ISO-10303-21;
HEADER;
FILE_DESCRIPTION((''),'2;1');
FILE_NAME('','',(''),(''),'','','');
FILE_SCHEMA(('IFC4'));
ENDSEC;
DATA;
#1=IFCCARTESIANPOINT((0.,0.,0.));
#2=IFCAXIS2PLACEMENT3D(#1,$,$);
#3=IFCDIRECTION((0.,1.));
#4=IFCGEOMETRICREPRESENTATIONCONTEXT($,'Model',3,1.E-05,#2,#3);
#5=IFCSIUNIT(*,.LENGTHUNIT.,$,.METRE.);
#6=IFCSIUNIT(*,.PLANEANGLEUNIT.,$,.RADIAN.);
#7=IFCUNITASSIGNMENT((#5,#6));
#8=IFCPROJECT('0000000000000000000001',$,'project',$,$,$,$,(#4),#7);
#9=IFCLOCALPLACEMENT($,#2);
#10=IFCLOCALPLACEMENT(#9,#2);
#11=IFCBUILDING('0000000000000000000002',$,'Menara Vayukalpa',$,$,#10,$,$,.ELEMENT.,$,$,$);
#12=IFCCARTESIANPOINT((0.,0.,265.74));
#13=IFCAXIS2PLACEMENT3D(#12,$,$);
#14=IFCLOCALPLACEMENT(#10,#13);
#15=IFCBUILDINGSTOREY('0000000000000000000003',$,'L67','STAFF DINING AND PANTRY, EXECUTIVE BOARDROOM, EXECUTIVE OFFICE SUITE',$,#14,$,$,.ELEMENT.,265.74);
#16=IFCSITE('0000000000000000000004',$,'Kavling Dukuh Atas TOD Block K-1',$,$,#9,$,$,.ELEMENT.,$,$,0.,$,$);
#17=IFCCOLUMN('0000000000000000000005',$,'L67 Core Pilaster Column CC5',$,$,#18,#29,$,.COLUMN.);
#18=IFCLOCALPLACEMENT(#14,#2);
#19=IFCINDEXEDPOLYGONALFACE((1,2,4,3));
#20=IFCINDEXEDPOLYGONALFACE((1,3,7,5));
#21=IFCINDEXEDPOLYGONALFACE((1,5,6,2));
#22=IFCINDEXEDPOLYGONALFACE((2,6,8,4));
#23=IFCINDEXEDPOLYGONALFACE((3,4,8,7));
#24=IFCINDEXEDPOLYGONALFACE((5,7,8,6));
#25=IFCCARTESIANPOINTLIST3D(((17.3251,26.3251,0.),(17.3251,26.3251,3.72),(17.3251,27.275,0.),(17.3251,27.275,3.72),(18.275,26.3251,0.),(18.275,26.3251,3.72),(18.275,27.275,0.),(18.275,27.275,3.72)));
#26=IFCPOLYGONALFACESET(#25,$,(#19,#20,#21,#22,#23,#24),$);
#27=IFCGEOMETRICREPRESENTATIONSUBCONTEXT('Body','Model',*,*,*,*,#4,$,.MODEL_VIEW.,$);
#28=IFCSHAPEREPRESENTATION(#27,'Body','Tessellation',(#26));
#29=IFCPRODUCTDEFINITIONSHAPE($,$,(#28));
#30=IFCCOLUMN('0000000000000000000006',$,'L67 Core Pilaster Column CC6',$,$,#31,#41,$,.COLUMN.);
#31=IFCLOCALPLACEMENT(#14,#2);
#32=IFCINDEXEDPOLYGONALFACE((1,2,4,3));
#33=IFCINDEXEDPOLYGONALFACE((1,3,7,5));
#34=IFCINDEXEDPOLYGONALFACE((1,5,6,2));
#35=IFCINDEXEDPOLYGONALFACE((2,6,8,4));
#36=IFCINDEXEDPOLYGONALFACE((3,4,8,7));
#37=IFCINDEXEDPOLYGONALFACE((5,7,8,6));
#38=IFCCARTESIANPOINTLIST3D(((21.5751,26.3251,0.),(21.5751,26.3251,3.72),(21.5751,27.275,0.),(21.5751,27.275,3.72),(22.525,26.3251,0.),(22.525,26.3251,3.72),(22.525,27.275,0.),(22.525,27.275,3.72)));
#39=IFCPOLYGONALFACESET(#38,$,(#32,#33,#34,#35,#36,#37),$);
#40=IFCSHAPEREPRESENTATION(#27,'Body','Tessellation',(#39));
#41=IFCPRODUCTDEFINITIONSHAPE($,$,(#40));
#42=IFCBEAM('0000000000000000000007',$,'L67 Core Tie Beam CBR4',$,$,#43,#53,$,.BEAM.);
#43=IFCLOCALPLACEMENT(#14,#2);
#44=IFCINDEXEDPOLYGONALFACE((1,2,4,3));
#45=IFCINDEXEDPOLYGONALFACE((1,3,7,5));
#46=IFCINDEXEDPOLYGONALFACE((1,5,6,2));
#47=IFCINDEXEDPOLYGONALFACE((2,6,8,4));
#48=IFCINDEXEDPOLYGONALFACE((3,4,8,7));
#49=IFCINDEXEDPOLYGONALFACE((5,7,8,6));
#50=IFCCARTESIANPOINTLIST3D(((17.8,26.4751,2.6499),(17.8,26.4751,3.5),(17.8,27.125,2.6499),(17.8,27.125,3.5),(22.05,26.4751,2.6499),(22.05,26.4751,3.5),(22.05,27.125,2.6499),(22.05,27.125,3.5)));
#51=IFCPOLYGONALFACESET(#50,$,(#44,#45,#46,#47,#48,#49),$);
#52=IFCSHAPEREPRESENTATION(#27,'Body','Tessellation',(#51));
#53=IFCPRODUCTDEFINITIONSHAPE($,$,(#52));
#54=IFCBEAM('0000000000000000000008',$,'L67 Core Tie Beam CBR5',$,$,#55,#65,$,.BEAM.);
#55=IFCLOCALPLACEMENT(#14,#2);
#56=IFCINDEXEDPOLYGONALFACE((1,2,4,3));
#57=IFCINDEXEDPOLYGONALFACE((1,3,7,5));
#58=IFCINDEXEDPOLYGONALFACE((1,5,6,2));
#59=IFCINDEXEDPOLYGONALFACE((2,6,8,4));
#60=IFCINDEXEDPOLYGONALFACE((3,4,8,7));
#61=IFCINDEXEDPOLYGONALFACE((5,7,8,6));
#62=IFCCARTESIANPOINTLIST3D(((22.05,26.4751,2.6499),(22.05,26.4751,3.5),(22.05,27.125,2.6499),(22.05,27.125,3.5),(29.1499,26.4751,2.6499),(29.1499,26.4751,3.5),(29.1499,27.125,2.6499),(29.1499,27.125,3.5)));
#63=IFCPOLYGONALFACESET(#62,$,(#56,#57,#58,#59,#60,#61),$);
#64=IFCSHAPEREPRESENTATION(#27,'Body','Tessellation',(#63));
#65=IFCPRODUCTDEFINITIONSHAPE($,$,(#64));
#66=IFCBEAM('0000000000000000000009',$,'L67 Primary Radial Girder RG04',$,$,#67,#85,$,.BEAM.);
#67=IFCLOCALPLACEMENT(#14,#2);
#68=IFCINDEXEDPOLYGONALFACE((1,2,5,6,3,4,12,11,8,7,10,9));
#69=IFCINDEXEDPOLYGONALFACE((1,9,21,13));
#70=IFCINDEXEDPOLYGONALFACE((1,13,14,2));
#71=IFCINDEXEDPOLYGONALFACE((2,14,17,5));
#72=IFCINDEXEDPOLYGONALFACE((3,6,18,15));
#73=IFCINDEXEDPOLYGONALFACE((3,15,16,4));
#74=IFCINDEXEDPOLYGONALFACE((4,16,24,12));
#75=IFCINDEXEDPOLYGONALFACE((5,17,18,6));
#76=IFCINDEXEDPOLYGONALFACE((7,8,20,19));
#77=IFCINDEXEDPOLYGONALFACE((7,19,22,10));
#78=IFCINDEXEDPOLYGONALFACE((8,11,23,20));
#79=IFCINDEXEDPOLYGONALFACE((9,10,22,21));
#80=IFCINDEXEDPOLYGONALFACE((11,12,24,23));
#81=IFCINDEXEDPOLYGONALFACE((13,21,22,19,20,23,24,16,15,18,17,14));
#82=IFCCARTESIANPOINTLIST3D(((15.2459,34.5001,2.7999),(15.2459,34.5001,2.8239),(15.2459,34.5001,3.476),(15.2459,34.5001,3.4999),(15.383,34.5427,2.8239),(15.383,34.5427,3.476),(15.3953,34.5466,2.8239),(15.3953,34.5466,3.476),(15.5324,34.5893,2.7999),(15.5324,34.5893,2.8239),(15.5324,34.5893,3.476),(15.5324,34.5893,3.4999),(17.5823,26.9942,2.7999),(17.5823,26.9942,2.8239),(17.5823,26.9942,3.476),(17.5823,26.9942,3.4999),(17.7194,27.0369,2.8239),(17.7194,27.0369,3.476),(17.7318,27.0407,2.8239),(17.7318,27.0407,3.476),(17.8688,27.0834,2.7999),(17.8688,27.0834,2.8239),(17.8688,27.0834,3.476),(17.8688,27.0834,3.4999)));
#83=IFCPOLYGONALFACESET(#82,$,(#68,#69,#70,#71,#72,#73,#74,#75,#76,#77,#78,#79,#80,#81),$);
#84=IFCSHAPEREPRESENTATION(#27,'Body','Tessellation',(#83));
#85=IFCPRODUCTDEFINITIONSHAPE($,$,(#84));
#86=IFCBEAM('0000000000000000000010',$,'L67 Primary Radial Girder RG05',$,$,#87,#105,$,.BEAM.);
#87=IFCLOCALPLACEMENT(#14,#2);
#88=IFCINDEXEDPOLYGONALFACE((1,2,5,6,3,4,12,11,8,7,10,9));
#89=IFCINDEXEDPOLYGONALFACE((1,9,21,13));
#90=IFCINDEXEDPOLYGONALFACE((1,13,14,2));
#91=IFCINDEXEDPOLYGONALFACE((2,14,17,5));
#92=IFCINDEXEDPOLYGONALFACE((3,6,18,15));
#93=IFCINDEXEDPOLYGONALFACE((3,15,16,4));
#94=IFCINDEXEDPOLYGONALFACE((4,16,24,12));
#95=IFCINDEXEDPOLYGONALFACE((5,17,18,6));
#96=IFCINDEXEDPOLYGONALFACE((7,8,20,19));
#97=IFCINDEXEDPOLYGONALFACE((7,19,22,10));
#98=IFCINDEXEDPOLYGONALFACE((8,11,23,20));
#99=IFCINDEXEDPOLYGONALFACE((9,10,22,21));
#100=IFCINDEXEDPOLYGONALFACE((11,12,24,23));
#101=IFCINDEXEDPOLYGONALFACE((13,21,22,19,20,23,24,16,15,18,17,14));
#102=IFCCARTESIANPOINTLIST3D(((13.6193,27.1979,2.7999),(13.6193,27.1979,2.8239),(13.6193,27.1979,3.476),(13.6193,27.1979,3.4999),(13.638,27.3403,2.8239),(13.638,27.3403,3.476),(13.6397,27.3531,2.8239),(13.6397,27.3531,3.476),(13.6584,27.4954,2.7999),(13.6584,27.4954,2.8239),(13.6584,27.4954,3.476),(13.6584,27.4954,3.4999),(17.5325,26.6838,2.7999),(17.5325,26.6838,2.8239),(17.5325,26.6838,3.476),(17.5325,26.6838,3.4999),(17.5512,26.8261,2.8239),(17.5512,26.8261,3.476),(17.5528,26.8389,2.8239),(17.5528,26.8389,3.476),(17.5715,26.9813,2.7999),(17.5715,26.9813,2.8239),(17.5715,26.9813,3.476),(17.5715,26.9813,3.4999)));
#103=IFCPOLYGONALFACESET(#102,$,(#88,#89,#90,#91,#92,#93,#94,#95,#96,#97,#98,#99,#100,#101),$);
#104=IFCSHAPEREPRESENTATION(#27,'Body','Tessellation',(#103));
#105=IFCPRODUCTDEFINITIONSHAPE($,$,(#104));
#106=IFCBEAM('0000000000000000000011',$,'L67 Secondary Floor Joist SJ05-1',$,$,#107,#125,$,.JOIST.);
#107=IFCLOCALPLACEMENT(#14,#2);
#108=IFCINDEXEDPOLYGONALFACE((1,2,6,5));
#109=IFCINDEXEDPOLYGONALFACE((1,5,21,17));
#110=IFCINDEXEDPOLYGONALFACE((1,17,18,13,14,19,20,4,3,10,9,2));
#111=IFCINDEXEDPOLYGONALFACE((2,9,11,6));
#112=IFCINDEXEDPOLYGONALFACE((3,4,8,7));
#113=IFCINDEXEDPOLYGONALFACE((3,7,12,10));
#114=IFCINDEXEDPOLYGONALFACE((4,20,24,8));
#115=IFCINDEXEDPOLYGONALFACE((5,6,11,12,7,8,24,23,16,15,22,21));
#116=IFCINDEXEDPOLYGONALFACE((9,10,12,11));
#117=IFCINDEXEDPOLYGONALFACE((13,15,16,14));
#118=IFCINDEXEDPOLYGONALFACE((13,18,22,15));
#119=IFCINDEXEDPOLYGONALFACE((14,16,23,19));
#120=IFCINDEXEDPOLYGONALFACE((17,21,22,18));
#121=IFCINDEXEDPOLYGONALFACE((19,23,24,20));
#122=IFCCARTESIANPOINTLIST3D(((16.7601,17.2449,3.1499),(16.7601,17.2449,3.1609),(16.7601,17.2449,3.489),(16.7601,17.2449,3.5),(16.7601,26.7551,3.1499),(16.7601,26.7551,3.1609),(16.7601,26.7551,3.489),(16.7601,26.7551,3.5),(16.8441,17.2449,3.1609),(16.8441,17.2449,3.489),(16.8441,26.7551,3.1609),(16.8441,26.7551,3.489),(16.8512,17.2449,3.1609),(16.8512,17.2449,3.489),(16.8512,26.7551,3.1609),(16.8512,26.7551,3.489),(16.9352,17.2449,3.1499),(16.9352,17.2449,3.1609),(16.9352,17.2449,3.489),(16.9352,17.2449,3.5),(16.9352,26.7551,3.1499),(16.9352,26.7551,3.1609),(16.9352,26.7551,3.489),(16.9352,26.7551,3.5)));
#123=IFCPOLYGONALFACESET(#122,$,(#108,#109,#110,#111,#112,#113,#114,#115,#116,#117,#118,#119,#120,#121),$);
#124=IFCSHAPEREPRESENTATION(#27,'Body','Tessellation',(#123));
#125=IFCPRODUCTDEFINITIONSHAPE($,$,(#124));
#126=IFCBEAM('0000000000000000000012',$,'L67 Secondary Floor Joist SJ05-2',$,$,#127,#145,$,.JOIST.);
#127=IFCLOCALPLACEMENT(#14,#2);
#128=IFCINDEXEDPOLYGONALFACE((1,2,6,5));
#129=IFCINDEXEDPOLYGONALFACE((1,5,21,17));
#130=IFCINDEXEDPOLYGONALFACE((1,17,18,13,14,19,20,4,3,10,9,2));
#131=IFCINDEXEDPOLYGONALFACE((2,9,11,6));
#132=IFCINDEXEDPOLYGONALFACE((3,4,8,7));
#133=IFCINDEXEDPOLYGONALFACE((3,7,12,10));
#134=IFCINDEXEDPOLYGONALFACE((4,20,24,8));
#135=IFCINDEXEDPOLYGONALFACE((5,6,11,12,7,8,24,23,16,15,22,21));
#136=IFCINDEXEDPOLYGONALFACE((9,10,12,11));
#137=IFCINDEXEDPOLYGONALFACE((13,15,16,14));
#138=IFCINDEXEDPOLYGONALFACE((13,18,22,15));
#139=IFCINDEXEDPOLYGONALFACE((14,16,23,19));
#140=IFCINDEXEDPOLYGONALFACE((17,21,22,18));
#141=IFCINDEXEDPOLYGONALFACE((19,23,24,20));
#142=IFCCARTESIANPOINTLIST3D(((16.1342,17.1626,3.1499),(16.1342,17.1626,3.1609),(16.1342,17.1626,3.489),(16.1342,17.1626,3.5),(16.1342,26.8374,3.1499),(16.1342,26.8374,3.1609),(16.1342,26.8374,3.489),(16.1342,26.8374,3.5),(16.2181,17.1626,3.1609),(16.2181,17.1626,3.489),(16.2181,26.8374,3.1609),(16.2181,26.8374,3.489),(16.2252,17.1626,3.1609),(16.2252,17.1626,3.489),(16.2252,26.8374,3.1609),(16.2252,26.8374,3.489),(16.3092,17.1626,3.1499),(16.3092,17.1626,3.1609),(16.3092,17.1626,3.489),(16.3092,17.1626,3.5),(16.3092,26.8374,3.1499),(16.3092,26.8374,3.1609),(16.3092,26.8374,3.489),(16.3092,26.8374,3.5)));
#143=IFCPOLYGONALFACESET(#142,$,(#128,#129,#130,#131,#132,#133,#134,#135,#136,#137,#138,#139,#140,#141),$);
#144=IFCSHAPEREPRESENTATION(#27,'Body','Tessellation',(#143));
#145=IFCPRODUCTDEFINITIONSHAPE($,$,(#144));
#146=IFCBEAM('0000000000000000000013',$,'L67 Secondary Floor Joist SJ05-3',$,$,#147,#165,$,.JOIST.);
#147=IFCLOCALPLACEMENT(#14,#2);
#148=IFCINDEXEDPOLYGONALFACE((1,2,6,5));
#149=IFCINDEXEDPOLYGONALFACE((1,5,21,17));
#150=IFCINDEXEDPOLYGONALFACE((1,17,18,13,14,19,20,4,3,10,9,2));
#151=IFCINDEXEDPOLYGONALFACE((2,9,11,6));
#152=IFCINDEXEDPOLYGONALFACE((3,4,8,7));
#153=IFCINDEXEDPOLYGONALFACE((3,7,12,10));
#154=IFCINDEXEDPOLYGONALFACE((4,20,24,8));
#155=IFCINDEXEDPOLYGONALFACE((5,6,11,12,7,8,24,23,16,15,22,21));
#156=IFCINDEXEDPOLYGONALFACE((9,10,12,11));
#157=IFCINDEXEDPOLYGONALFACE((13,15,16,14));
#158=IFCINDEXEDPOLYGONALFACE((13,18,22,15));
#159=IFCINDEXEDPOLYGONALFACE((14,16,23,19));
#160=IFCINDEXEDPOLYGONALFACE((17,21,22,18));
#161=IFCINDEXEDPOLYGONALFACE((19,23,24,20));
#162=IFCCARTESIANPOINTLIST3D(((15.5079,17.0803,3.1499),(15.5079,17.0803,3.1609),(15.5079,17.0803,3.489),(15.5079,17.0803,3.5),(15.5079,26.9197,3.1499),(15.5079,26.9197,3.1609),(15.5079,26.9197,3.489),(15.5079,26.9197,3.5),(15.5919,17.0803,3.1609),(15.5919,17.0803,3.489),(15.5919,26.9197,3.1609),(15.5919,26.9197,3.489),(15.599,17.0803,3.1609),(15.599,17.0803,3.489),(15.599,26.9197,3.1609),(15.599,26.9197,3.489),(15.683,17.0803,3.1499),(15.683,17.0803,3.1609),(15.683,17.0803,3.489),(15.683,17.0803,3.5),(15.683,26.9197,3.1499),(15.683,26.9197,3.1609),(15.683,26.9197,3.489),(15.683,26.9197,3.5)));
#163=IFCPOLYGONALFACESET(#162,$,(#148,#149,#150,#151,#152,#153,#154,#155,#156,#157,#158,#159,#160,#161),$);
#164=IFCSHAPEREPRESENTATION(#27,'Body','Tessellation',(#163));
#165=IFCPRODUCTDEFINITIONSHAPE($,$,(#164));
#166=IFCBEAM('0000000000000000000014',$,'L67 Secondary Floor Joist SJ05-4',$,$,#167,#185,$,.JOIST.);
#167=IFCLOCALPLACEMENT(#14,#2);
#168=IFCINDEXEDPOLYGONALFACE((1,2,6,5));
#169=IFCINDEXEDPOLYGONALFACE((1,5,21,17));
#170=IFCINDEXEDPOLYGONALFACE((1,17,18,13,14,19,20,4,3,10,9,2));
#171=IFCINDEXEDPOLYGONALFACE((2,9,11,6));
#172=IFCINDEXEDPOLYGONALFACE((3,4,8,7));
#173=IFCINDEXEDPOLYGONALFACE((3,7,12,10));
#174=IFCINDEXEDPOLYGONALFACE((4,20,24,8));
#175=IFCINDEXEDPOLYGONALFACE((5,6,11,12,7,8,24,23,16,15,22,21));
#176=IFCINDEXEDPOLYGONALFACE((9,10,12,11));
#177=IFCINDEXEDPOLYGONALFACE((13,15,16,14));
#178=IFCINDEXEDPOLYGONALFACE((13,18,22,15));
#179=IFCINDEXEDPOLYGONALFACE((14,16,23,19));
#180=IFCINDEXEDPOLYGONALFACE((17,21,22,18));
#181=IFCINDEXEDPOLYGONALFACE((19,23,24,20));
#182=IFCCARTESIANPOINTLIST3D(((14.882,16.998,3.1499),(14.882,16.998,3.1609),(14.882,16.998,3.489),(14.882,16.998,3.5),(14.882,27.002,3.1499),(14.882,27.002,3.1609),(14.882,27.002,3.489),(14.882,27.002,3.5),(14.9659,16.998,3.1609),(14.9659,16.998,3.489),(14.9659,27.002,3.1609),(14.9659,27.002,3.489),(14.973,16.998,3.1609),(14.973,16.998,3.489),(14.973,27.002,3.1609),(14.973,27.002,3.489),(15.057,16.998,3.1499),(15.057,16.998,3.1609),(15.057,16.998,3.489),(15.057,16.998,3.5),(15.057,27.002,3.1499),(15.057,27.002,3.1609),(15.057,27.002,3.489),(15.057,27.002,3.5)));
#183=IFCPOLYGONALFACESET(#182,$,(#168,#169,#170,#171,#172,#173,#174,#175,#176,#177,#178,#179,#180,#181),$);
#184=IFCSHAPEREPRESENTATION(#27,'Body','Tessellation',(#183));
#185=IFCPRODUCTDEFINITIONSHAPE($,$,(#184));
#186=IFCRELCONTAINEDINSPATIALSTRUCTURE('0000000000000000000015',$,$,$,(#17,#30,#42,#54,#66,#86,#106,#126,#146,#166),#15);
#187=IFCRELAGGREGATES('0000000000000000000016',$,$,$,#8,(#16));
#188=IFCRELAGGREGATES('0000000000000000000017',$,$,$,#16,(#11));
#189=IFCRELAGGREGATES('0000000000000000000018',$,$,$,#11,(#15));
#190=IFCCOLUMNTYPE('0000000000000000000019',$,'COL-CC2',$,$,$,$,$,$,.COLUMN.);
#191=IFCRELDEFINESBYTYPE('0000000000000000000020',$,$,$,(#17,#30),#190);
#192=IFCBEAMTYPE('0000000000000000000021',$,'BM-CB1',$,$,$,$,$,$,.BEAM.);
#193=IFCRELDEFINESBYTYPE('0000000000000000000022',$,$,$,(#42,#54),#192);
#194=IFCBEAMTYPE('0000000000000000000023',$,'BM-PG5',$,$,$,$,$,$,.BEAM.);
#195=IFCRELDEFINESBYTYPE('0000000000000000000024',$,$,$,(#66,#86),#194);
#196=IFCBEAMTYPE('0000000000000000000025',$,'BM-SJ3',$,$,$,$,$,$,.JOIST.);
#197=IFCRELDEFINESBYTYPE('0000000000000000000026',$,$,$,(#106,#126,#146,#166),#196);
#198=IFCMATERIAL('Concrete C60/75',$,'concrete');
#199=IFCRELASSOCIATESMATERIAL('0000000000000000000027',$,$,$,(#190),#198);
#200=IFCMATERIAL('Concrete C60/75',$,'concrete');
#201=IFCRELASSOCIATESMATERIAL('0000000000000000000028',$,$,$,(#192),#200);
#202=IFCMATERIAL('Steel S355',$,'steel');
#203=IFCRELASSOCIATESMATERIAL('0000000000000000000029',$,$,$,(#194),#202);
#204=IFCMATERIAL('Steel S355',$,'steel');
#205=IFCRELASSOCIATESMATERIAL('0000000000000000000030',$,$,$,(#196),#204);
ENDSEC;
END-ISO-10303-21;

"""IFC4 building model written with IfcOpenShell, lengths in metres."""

from ifc_helpers import new_model, si_unit, direction, frame, origin, origin_2d, place, context, subcontext, project, spatial, rectangle, i_section, extrude, material, material_profile, profile_set, type_object, element, save


model = new_model("IFC4")

# Units and contexts
model_context = context("Model", 3, precision=1e-05, world=origin(), true_north=direction((0.0, 1.0)))
body_context = subcontext(model_context, "Body", "Model", "MODEL_VIEW")
ifc_project = project(units=[si_unit("LENGTHUNIT", "METRE"), si_unit("PLANEANGLEUNIT", "RADIAN")], contexts=[model_context])

# Site, building, storey
site_placement = place(None, origin())
site = spatial("IfcSite", under=ifc_project, at=site_placement, Name="Kavling Dukuh Atas TOD Block K-1", CompositionType="ELEMENT", RefElevation=0.0)
building_placement = place(site_placement, origin())
building = spatial("IfcBuilding", under=site, at=building_placement, Name="Menara Vayukalpa", CompositionType="ELEMENT")
storey_placement = place(building_placement, frame((0.0, 0.0, 265.74)))
storey = spatial("IfcBuildingStorey", under=building, at=storey_placement, Name="L67", Description="STAFF DINING AND PANTRY, EXECUTIVE BOARDROOM, EXECUTIVE OFFICE SUITE", CompositionType="ELEMENT", Elevation=265.74)

# Columns
ifc_material_1 = material(Name="Concrete C60/75", Category="concrete")
ifc_material_profile_1 = material_profile(ifc_material_1, rectangle(XDim=0.95, YDim=0.95, at=origin_2d()), Name="RC 950x950")
ifc_profile_set_1 = profile_set([ifc_material_profile_1], Name="Concrete C60/75")
column_type = type_object("IfcColumnType", Name="COL-CC2", PredefinedType="COLUMN", material=ifc_profile_set_1)
for number, where, z_axis, x_axis, name in (
    (1, (17.8, 26.8, 0.0), (0.0, 0.0, 1.0), (1.0, 0.0, 0.0), "L67 Core Pilaster Column CC5"),
    (2, (22.05, 26.8, 0.0), (0.0, 0.0, 1.0), (1.0, 0.0, 0.0), "L67 Core Pilaster Column CC6"),
):
    element("IfcColumn", number, at=place(storey_placement, frame(where, z_axis=z_axis, x_axis=x_axis)), inside=storey, type_object=column_type, Name=name, PredefinedType="COLUMN", context=body_context, shape_type="SweptSolid", body=[
        extrude(rectangle(XDim=0.95, YDim=0.95, at=origin_2d()), origin(), (0.0, 0.0, 1.0), 3.72),
    ])

# Beams
ifc_material_2 = material(Name="Concrete C60/75", Category="concrete")
ifc_material_profile_2 = material_profile(ifc_material_2, rectangle(XDim=0.6499, YDim=0.8501, at=origin_2d()), Name="RC 650x850")
ifc_profile_set_2 = profile_set([ifc_material_profile_2], Name="Concrete C60/75")
beam_type_1 = type_object("IfcBeamType", Name="BM-CB1", PredefinedType="BEAM", material=ifc_profile_set_2)
beam_1_placement = place(storey_placement, frame((17.8, 26.8, 3.075), z_axis=(1.0, 0.0, 0.0), x_axis=(0.0, 1.0, 0.0)))
element("IfcBeam", 3, at=beam_1_placement, inside=storey, type_object=beam_type_1, Name="L67 Core Tie Beam CBR4", PredefinedType="BEAM", context=body_context, shape_type="SweptSolid", body=[
    extrude(rectangle(XDim=0.6499, YDim=0.8501, at=origin_2d()), origin(), (0.0, 0.0, 1.0), 4.25),
])
beam_2_placement = place(storey_placement, frame((22.05, 26.8, 3.075), z_axis=(1.0, 0.0, 0.0), x_axis=(0.0, 1.0, 0.0)))
element("IfcBeam", 4, at=beam_2_placement, inside=storey, type_object=beam_type_1, Name="L67 Core Tie Beam CBR5", PredefinedType="BEAM", context=body_context, shape_type="SweptSolid", body=[
    extrude(rectangle(XDim=0.6499, YDim=0.8501, at=origin_2d()), origin(), (0.0, 0.0, 1.0), 7.0999),
])
ifc_material_3 = material(Name="Steel S355", Category="steel")
ifc_material_profile_3 = material_profile(ifc_material_3, i_section(OverallWidth=0.3, OverallDepth=0.7, WebThickness=0.0129, FlangeThickness=0.0239, at=origin_2d()), Name="WF 700x300x13x24")
ifc_profile_set_3 = profile_set([ifc_material_profile_3], Name="Steel S355")
beam_type_2 = type_object("IfcBeamType", Name="BM-PG5", PredefinedType="BEAM", material=ifc_profile_set_3)
beam_3_placement = place(storey_placement, frame((17.7256, 27.0388, 3.1499), z_axis=(-0.297214, 0.954811, 0.0), x_axis=(-0.954811, -0.297214, 0.0)))
element("IfcBeam", 5, at=beam_3_placement, inside=storey, type_object=beam_type_2, Name="L67 Primary Radial Girder RG04", PredefinedType="BEAM", context=body_context, shape_type="SweptSolid", body=[
    extrude(i_section(OverallWidth=0.3, OverallDepth=0.7, WebThickness=0.0129, FlangeThickness=0.0239, at=origin_2d()), origin(), (0.0, 0.0, 1.0), 7.8611),
])
beam_4_placement = place(storey_placement, frame((17.552, 26.8325, 3.1499), z_axis=(-0.991478, 0.130275, 0.0), x_axis=(-0.130275, -0.991478, 0.0)))
element("IfcBeam", 6, at=beam_4_placement, inside=storey, type_object=beam_type_2, Name="L67 Primary Radial Girder RG05", PredefinedType="BEAM", context=body_context, shape_type="SweptSolid", body=[
    extrude(i_section(OverallWidth=0.3, OverallDepth=0.7, WebThickness=0.0129, FlangeThickness=0.0239, at=origin_2d()), origin(), (0.0, 0.0, 1.0), 3.9468),
])
ifc_material_4 = material(Name="Steel S355", Category="steel")
ifc_material_profile_4 = material_profile(ifc_material_4, i_section(OverallWidth=0.175, OverallDepth=0.3501, WebThickness=0.0071, FlangeThickness=0.011, at=origin_2d()), Name="WF 350x175x7x11")
ifc_profile_set_4 = profile_set([ifc_material_profile_4], Name="Steel S355")
beam_type_3 = type_object("IfcBeamType", Name="BM-SJ3", PredefinedType="JOIST", material=ifc_profile_set_4)
beam_5_placement = place(storey_placement, frame((16.8477, 26.7551, 3.325), z_axis=(0.0, -1.0, 0.0), x_axis=(1.0, 0.0, 0.0)))
element("IfcBeam", 7, at=beam_5_placement, inside=storey, type_object=beam_type_3, Name="L67 Secondary Floor Joist SJ05-1", PredefinedType="JOIST", context=body_context, shape_type="SweptSolid", body=[
    extrude(i_section(OverallWidth=0.175, OverallDepth=0.3501, WebThickness=0.0071, FlangeThickness=0.011, at=origin_2d()), origin(), (0.0, 0.0, 1.0), 9.5103),
])
beam_6_placement = place(storey_placement, frame((16.2217, 26.8374, 3.325), z_axis=(0.0, -1.0, 0.0), x_axis=(1.0, 0.0, 0.0)))
element("IfcBeam", 8, at=beam_6_placement, inside=storey, type_object=beam_type_3, Name="L67 Secondary Floor Joist SJ05-2", PredefinedType="JOIST", context=body_context, shape_type="SweptSolid", body=[
    extrude(i_section(OverallWidth=0.175, OverallDepth=0.3501, WebThickness=0.0071, FlangeThickness=0.011, at=origin_2d()), origin(), (0.0, 0.0, 1.0), 9.6748),
])
beam_7_placement = place(storey_placement, frame((15.5955, 26.9197, 3.325), z_axis=(0.0, -1.0, 0.0), x_axis=(1.0, 0.0, 0.0)))
element("IfcBeam", 9, at=beam_7_placement, inside=storey, type_object=beam_type_3, Name="L67 Secondary Floor Joist SJ05-3", PredefinedType="JOIST", context=body_context, shape_type="SweptSolid", body=[
    extrude(i_section(OverallWidth=0.175, OverallDepth=0.3501, WebThickness=0.0071, FlangeThickness=0.011, at=origin_2d()), origin(), (0.0, 0.0, 1.0), 9.8394),
])
beam_8_placement = place(storey_placement, frame((14.9695, 27.002, 3.325), z_axis=(0.0, -1.0, 0.0), x_axis=(1.0, 0.0, 0.0)))
element("IfcBeam", 10, at=beam_8_placement, inside=storey, type_object=beam_type_3, Name="L67 Secondary Floor Joist SJ05-4", PredefinedType="JOIST", context=body_context, shape_type="SweptSolid", body=[
    extrude(i_section(OverallWidth=0.175, OverallDepth=0.3501, WebThickness=0.0071, FlangeThickness=0.011, at=origin_2d()), origin(), (0.0, 0.0, 1.0), 10.0039),
])

save(model, "model.ifc")
